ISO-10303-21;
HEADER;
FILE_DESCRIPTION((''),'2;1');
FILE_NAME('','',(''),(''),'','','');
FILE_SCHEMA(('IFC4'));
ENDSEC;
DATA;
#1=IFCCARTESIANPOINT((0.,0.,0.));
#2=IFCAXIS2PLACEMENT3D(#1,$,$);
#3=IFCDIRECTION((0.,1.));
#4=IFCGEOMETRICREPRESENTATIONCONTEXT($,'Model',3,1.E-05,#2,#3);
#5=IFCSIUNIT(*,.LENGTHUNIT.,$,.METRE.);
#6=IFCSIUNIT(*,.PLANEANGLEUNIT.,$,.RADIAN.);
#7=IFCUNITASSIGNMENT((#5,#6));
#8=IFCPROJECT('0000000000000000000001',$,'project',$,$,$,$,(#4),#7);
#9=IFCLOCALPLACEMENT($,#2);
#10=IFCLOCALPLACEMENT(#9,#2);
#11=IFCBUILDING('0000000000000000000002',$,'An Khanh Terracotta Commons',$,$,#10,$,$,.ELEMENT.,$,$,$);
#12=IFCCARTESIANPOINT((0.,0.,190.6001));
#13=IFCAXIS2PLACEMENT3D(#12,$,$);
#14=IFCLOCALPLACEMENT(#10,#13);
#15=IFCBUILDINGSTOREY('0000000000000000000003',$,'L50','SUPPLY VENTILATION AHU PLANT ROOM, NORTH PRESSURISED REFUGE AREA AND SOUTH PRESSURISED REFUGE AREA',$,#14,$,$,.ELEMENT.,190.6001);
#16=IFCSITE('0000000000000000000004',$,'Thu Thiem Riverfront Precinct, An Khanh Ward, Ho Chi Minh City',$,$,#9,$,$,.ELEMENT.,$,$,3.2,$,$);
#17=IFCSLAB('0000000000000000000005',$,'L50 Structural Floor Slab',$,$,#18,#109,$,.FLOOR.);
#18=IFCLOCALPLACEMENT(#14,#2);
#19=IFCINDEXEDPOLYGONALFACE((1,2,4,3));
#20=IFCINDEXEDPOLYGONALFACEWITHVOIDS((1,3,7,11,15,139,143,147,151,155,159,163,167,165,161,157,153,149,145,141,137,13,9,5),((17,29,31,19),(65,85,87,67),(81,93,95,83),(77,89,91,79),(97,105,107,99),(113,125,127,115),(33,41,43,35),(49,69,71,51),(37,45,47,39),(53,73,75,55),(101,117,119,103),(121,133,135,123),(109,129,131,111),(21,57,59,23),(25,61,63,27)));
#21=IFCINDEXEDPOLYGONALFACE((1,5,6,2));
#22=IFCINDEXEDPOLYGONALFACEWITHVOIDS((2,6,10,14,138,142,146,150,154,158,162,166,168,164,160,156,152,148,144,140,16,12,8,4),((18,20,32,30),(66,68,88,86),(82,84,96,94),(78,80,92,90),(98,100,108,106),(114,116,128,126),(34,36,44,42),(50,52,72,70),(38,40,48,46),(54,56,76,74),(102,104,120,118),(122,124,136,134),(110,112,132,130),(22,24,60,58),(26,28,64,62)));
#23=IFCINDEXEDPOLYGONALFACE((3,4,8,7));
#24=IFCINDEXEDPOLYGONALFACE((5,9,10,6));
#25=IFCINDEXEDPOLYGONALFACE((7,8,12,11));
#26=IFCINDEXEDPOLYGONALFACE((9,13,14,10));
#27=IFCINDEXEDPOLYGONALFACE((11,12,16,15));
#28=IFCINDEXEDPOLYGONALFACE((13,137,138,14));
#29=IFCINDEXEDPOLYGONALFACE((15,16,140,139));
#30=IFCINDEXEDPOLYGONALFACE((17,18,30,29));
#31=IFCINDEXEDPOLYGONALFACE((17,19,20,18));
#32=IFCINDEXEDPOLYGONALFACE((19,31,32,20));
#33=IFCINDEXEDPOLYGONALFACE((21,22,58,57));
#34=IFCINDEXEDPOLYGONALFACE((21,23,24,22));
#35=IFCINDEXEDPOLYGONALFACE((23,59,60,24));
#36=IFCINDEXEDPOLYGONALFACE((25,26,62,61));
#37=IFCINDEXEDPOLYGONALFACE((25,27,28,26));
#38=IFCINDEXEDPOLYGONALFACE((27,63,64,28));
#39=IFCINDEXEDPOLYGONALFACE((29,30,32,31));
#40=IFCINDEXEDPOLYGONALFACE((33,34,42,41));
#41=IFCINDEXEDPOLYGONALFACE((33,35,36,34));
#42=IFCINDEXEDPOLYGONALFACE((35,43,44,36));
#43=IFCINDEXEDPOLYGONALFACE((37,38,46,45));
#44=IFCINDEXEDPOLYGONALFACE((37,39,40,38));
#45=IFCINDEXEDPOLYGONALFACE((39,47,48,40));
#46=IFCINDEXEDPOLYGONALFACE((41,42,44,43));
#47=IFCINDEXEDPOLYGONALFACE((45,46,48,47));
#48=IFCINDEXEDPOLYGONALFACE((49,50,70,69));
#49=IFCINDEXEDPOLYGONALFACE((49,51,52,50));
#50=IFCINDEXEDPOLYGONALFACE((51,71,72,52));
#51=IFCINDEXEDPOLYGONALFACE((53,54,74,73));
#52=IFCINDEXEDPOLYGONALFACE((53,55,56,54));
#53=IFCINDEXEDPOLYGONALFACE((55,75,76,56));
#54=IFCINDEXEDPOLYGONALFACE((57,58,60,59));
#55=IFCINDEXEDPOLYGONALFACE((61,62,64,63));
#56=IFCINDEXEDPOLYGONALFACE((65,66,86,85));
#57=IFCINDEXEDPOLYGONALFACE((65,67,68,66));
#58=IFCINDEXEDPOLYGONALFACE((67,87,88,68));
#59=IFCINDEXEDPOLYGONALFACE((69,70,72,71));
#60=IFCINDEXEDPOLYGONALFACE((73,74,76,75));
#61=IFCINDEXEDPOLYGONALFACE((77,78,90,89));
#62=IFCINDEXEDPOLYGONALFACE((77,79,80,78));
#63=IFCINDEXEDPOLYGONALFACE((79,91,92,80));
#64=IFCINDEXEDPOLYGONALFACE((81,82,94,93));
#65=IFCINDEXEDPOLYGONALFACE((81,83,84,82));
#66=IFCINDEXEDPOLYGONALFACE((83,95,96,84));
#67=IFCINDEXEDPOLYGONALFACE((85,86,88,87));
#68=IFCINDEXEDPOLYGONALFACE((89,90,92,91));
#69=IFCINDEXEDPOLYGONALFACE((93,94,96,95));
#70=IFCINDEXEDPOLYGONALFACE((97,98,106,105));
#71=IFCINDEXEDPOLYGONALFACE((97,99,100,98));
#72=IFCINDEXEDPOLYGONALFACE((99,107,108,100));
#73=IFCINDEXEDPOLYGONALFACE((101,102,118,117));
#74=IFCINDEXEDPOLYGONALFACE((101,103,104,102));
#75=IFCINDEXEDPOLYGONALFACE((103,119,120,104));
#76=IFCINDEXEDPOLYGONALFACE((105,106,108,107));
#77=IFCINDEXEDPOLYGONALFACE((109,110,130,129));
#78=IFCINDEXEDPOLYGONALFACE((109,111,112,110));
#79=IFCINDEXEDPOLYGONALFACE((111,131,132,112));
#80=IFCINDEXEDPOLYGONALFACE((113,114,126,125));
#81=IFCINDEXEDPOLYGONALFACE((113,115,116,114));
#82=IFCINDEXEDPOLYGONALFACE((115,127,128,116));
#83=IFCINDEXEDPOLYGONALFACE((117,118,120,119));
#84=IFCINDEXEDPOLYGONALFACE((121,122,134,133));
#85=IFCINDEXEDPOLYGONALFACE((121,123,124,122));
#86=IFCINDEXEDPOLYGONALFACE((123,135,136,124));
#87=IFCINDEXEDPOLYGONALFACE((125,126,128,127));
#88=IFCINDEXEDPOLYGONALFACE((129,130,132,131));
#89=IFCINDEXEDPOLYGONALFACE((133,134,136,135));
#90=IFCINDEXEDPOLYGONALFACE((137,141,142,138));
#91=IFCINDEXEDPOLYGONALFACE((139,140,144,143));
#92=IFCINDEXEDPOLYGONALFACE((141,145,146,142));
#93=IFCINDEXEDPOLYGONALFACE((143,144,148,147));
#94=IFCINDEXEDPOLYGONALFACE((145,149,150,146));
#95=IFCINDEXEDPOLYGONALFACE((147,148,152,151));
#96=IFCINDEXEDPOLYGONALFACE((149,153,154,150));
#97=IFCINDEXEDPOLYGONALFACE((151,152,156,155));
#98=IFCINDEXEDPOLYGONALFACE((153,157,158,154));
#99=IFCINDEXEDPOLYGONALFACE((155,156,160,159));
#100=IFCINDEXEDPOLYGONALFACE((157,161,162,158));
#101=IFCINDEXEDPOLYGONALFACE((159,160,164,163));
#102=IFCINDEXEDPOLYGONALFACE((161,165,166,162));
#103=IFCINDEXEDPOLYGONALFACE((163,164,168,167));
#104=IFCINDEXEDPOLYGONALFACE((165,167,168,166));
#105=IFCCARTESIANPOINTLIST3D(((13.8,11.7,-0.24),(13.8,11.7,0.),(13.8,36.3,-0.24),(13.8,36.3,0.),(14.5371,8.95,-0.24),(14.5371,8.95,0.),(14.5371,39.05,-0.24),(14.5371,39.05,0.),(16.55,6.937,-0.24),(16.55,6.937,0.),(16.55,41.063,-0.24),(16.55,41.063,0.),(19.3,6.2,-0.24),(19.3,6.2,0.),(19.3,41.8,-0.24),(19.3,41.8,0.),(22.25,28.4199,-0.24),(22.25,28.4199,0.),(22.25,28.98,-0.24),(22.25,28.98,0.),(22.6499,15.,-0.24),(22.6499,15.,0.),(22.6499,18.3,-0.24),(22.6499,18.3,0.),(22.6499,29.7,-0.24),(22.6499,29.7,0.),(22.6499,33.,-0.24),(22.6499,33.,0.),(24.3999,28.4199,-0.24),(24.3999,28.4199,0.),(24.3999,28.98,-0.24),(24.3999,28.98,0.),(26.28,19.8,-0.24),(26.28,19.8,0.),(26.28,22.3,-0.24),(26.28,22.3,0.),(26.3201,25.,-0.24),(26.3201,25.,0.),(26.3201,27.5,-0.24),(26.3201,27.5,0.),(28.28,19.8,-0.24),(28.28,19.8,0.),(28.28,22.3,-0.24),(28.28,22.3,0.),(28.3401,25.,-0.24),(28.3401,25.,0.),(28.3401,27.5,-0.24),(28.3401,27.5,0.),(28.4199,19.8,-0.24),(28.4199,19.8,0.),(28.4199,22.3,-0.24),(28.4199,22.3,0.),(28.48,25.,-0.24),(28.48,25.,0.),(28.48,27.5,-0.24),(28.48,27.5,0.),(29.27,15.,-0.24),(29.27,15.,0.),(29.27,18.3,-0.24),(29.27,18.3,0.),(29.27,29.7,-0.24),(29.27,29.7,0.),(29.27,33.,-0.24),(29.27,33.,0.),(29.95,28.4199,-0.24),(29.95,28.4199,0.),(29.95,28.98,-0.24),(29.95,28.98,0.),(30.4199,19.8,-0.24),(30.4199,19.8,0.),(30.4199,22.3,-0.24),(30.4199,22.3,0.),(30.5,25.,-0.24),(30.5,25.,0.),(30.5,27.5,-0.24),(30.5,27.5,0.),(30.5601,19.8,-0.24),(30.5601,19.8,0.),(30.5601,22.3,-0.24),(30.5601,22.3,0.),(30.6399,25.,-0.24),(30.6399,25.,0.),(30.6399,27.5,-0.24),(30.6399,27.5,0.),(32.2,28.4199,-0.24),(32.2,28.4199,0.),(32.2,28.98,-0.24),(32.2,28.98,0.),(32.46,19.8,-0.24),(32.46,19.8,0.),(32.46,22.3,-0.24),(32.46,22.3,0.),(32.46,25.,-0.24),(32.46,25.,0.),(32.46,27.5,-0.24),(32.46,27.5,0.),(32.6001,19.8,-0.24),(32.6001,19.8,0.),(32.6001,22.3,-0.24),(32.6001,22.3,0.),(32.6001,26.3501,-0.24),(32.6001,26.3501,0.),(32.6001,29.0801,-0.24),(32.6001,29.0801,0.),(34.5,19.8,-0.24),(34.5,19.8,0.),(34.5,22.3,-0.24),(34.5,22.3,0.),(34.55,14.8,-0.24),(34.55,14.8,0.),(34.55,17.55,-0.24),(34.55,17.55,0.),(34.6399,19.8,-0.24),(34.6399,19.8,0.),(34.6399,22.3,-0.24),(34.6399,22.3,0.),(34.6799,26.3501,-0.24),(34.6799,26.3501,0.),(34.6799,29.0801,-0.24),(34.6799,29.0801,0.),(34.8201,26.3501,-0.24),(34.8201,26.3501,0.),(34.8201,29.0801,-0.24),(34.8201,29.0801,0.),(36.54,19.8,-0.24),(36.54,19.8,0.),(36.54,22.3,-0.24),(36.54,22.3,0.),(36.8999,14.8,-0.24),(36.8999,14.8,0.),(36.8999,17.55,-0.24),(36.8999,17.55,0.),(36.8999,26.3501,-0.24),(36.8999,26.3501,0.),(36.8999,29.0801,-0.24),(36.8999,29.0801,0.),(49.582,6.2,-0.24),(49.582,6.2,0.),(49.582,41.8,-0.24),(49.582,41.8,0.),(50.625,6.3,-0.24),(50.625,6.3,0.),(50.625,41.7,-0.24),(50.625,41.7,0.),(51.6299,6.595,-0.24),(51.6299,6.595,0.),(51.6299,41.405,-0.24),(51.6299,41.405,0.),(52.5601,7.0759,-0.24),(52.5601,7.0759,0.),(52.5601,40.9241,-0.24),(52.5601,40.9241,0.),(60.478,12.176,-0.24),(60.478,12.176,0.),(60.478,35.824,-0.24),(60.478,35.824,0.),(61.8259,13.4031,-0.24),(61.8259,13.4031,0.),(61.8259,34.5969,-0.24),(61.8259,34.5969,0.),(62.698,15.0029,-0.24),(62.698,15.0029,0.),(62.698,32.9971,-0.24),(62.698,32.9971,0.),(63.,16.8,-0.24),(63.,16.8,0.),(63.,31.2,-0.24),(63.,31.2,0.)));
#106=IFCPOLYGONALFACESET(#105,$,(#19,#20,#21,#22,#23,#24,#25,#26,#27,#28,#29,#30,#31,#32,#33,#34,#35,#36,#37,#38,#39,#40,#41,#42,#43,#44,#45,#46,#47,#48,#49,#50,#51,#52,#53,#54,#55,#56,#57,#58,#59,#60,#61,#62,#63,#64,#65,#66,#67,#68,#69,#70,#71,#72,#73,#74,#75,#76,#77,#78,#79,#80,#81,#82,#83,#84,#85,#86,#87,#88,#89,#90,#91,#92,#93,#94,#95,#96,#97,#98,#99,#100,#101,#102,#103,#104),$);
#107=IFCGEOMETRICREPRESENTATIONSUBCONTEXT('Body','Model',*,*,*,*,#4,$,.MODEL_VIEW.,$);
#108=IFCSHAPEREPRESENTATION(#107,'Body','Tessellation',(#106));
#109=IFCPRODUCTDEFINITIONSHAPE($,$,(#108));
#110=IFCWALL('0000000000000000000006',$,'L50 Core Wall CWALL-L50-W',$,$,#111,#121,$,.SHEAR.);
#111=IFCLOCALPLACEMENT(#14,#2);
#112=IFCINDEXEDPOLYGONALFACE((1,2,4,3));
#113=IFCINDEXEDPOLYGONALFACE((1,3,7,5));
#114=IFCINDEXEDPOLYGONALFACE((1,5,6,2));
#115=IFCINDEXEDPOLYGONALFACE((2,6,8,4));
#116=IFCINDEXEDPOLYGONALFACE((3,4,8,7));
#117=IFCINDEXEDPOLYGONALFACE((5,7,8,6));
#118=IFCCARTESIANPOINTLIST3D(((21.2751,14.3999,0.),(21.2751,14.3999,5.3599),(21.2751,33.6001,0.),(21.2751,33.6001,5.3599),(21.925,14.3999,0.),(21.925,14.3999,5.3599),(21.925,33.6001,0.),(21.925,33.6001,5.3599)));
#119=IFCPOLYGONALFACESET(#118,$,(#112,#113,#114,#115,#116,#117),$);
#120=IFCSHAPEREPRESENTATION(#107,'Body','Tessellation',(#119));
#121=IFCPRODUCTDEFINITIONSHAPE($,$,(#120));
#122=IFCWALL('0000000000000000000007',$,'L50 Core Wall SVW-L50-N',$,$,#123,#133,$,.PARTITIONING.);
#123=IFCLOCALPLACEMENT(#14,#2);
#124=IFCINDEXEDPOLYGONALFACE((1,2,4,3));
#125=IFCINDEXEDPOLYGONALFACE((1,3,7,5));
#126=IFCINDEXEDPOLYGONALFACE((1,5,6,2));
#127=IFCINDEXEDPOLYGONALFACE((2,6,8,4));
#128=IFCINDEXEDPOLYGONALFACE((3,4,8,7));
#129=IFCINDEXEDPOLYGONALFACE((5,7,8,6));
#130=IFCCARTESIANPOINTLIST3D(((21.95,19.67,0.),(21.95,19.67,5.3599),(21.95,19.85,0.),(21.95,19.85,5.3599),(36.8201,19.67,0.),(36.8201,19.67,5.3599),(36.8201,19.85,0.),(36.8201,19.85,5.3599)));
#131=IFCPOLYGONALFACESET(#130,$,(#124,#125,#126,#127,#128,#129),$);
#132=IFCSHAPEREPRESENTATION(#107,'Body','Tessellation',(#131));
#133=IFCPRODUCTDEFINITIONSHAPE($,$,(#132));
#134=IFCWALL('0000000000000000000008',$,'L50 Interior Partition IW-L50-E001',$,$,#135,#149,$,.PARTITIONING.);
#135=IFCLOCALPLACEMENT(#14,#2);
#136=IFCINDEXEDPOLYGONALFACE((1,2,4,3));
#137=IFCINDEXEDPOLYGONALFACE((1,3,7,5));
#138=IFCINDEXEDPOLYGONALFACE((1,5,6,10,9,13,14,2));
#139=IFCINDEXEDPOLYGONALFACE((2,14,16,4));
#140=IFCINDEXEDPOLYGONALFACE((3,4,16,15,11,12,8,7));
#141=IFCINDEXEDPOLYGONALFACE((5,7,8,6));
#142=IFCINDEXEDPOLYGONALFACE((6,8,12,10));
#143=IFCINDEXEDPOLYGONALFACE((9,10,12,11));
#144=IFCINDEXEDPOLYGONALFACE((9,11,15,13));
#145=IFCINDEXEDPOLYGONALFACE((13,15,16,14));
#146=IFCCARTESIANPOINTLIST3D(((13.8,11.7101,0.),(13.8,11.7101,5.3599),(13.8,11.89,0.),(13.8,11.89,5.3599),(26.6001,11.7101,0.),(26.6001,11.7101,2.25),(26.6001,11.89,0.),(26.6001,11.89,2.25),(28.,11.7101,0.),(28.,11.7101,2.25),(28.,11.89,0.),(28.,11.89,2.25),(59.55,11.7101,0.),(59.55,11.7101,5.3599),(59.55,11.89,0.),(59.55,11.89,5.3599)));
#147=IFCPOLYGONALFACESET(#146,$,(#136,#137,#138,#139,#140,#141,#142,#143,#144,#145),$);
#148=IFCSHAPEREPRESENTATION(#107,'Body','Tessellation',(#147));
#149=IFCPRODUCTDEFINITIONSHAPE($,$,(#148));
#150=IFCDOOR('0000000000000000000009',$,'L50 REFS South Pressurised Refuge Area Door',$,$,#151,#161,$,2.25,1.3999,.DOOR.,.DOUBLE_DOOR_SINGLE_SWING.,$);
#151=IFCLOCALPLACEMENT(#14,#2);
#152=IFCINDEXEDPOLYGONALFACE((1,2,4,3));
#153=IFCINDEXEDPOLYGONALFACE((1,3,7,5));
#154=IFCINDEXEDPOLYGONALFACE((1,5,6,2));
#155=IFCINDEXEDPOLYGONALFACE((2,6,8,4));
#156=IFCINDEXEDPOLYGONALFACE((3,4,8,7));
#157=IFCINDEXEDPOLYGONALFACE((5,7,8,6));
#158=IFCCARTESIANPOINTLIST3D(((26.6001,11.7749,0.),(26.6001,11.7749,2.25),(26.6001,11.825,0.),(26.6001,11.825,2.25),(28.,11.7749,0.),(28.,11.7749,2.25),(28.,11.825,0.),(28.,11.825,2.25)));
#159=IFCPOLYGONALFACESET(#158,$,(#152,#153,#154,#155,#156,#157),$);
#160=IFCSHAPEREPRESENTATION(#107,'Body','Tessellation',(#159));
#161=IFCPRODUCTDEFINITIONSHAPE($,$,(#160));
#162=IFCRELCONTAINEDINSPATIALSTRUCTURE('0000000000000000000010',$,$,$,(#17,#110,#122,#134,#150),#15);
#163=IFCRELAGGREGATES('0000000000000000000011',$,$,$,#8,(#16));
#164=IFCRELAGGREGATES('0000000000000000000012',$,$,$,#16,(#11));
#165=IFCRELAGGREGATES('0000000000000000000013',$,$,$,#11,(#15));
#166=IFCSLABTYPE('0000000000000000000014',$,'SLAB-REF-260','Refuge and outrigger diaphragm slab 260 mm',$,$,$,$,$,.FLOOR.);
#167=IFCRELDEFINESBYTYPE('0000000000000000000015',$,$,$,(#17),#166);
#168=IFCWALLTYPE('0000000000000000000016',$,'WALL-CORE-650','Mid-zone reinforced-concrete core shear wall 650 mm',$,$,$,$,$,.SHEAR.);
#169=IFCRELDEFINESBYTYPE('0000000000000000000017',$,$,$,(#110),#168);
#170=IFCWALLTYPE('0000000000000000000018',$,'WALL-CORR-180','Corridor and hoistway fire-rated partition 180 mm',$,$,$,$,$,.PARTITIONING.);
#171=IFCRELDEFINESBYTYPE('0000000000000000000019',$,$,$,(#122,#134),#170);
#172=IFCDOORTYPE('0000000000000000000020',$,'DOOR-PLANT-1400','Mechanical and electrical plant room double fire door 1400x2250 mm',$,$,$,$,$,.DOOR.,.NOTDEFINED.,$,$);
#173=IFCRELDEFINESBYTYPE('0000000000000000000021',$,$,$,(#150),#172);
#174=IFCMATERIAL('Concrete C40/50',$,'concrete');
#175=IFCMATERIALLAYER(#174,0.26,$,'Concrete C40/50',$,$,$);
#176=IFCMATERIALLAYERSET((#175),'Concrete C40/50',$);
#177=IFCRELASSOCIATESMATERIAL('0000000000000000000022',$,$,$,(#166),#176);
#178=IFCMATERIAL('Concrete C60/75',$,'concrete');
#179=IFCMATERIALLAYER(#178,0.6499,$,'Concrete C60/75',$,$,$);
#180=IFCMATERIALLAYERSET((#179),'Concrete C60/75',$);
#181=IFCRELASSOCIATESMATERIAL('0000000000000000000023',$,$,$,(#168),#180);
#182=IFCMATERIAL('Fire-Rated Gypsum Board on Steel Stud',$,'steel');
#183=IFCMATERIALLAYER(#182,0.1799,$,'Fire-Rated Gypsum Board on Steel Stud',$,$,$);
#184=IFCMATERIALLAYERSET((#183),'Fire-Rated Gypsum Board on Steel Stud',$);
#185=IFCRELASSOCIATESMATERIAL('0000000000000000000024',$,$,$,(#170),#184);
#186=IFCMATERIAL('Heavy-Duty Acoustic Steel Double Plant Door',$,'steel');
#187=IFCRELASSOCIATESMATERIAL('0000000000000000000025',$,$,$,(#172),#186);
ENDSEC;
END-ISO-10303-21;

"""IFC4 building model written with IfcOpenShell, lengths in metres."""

from ifc_helpers import new_model, si_unit, direction, frame, frame_2d, origin, place, context, subcontext, project, spatial, polyline, rectangle, outline, extrude, material, layer, layer_set, type_object, element, fill, save


model = new_model("IFC4")

# Units and contexts
model_context = context("Model", 3, precision=1e-05, world=origin(), true_north=direction((0.0, 1.0)))
body_context = subcontext(model_context, "Body", "Model", "MODEL_VIEW")
ifc_project = project(units=[si_unit("LENGTHUNIT", "METRE"), si_unit("PLANEANGLEUNIT", "RADIAN")], contexts=[model_context])

# Site, building, storey
site_placement = place(None, origin())
site = spatial("IfcSite", under=ifc_project, at=site_placement, Name="Thu Thiem Riverfront Precinct, An Khanh Ward, Ho Chi Minh City", CompositionType="ELEMENT", RefElevation=3.2)
building_placement = place(site_placement, origin())
building = spatial("IfcBuilding", under=site, at=building_placement, Name="An Khanh Terracotta Commons", CompositionType="ELEMENT")
storey_placement = place(building_placement, frame((0.0, 0.0, 190.6001)))
storey = spatial("IfcBuildingStorey", under=building, at=storey_placement, Name="L50", Description="SUPPLY VENTILATION AHU PLANT ROOM, NORTH PRESSURISED REFUGE AREA AND SOUTH PRESSURISED REFUGE AREA", CompositionType="ELEMENT", Elevation=190.6001)

# Shared definitions
ifc_material_1 = material(Name="Concrete C60/75", Category="concrete")

# Shared definitions
ifc_material_2 = material(Name="Concrete C40/50", Category="concrete")

# Slab
ifc_layer_1 = layer(ifc_material_2, 0.26, Name="Concrete C40/50")
ifc_layer_set_1 = layer_set([ifc_layer_1], Name="Concrete C40/50")
slab_type_1 = type_object("IfcSlabType", Name="SLAB-REF-260", Description="Refuge and outrigger diaphragm slab 260 mm", PredefinedType="FLOOR", material=ifc_layer_set_1)
slab_1_placement = place(storey_placement, frame((0.0, 0.0, -0.24)))
element("IfcSlab", 1, at=slab_1_placement, inside=storey, type_object=slab_type_1, Name="L50 Structural Floor Slab", PredefinedType="FLOOR", context=body_context, shape_type="SweptSolid", body=[
    extrude(outline(polyline([(13.8, 11.7), (14.5371, 8.95), (16.55, 6.937), (19.3, 6.2), (49.582, 6.2), (50.625, 6.3), (51.6299, 6.595), (52.5601, 7.0759), (60.478, 12.176), (61.8259, 13.4031), (62.698, 15.0029), (63.0, 16.8), (63.0, 31.2), (62.698, 32.9971), (61.8259, 34.5969), (60.478, 35.824), (52.5601, 40.9241), (51.6299, 41.405), (50.625, 41.7), (49.582, 41.8), (19.3, 41.8), (16.55, 41.063), (14.5371, 39.05), (13.8, 36.3), (13.8, 11.7)]), holes=[polyline([(22.6499, 29.7), (29.27, 29.7), (29.27, 33.0), (22.6499, 33.0), (22.6499, 29.7)]), polyline([(22.6499, 15.0), (29.27, 15.0), (29.27, 18.3), (22.6499, 18.3), (22.6499, 15.0)]), polyline([(32.6001, 26.3501), (34.6799, 26.3501), (34.6799, 29.0801), (32.6001, 29.0801), (32.6001, 26.3501)]), polyline([(34.8201, 26.3501), (36.8999, 26.3501), (36.8999, 29.0801), (34.8201, 29.0801), (34.8201, 26.3501)]), polyline([(34.55, 14.8), (36.8999, 14.8), (36.8999, 17.55), (34.55, 17.55), (34.55, 14.8)]), polyline([(26.3201, 25.0), (28.3401, 25.0), (28.3401, 27.5), (26.3201, 27.5), (26.3201, 25.0)]), polyline([(28.48, 25.0), (30.5, 25.0), (30.5, 27.5), (28.48, 27.5), (28.48, 25.0)]), polyline([(26.28, 19.8), (28.28, 19.8), (28.28, 22.3), (26.28, 22.3), (26.28, 19.8)]), polyline([(28.4199, 19.8), (30.4199, 19.8), (30.4199, 22.3), (28.4199, 22.3), (28.4199, 19.8)]), polyline([(30.6399, 25.0), (32.46, 25.0), (32.46, 27.5), (30.6399, 27.5), (30.6399, 25.0)]), polyline([(30.5601, 19.8), (32.46, 19.8), (32.46, 22.3), (30.5601, 22.3), (30.5601, 19.8)]), polyline([(32.6001, 19.8), (34.5, 19.8), (34.5, 22.3), (32.6001, 22.3), (32.6001, 19.8)]), polyline([(34.6399, 19.8), (36.54, 19.8), (36.54, 22.3), (34.6399, 22.3), (34.6399, 19.8)]), polyline([(22.25, 28.4199), (24.3999, 28.4199), (24.3999, 28.98), (22.25, 28.98), (22.25, 28.4199)]), polyline([(29.95, 28.4199), (32.2, 28.4199), (32.2, 28.98), (29.95, 28.98), (29.95, 28.4199)])]), origin(), (0.0, 0.0, 1.0), 0.24),
])

# Walls
ifc_layer_2 = layer(ifc_material_1, 0.6499, Name="Concrete C60/75")
ifc_layer_set_2 = layer_set([ifc_layer_2], Name="Concrete C60/75")
wall_type_1 = type_object("IfcWallType", Name="WALL-CORE-650", Description="Mid-zone reinforced-concrete core shear wall 650 mm", PredefinedType="SHEAR", material=ifc_layer_set_2)
wall_1_placement = place(storey_placement, frame((21.6001, 14.3999, 0.0), z_axis=(0.0, 0.0, 1.0), x_axis=(0.0, 1.0, 0.0)))
element("IfcWall", 2, at=wall_1_placement, inside=storey, type_object=wall_type_1, Name="L50 Core Wall CWALL-L50-W", PredefinedType="SHEAR", context=body_context, shape_type="SweptSolid", body=[
    extrude(rectangle(XDim=19.2002, YDim=0.6499, at=frame_2d((9.6001, 0.0))), origin(), (0.0, 0.0, 1.0), 5.3599),
])
ifc_material_3 = material(Name="Fire-Rated Gypsum Board on Steel Stud", Category="steel")
ifc_layer_3 = layer(ifc_material_3, 0.1799, Name="Fire-Rated Gypsum Board on Steel Stud")
ifc_layer_set_3 = layer_set([ifc_layer_3], Name="Fire-Rated Gypsum Board on Steel Stud")
wall_type_2 = type_object("IfcWallType", Name="WALL-CORR-180", Description="Corridor and hoistway fire-rated partition 180 mm", PredefinedType="PARTITIONING", material=ifc_layer_set_3)
wall_2_placement = place(storey_placement, frame((21.95, 19.76, 0.0), z_axis=(0.0, 0.0, 1.0), x_axis=(1.0, 0.0, 0.0)))
element("IfcWall", 3, at=wall_2_placement, inside=storey, type_object=wall_type_2, Name="L50 Core Wall SVW-L50-N", PredefinedType="PARTITIONING", context=body_context, shape_type="SweptSolid", body=[
    extrude(rectangle(XDim=14.8701, YDim=0.1799, at=frame_2d((7.4351, 0.0))), origin(), (0.0, 0.0, 1.0), 5.3599),
])

# Wall, opening, door
wall_3_placement = place(storey_placement, frame((13.8, 11.8, 0.0), z_axis=(0.0, 0.0, 1.0), x_axis=(1.0, 0.0, 0.0)))
wall_3 = element("IfcWall", 4, at=wall_3_placement, inside=storey, type_object=wall_type_2, Name="L50 Interior Partition IW-L50-E001", PredefinedType="PARTITIONING", context=body_context, shape_type="SweptSolid", body=[
    extrude(rectangle(XDim=45.75, YDim=0.1799, at=frame_2d((22.875, 0.0))), origin(), (0.0, 0.0, 1.0), 5.3599),
])
opening_1_placement = place(wall_3_placement, frame((12.8, 0.0, 0.0)))
opening_1 = element("IfcOpeningElement", 5, at=opening_1_placement, cuts=wall_3, PredefinedType="OPENING", context=body_context, shape_type="SweptSolid", body=[
    extrude(rectangle(XDim=1.3999, YDim=2.25, at=frame_2d((0.7, 1.125))), frame((0.0, 0.0999, 0.0), z_axis=(0.0, -1.0, 0.0), x_axis=(1.0, 0.0, 0.0)), (0.0, 0.0, 1.0), 0.2),
])
ifc_material_4 = material(Name="Heavy-Duty Acoustic Steel Double Plant Door", Category="steel")
door_type = type_object("IfcDoorType", Name="DOOR-PLANT-1400", Description="Mechanical and electrical plant room double fire door 1400x2250 mm", OperationType="NOTDEFINED", PredefinedType="DOOR", material=ifc_material_4)
door_1_placement = place(opening_1_placement, origin())
door_1 = element("IfcDoor", 6, at=door_1_placement, inside=storey, type_object=door_type, Name="L50 REFS South Pressurised Refuge Area Door", OperationType="DOUBLE_DOOR_SINGLE_SWING", OverallHeight=2.25, OverallWidth=1.3999, PredefinedType="DOOR", context=body_context, shape_type="SweptSolid", body=[
    extrude(rectangle(XDim=1.3999, YDim=2.25, at=frame_2d((0.7, 1.125))), frame((0.0, 0.0249, 0.0), z_axis=(0.0, -1.0, 0.0), x_axis=(1.0, 0.0, 0.0)), (0.0, 0.0, 1.0), 0.05),
])
fill(opening_1, door_1)

save(model, "model.ifc")
